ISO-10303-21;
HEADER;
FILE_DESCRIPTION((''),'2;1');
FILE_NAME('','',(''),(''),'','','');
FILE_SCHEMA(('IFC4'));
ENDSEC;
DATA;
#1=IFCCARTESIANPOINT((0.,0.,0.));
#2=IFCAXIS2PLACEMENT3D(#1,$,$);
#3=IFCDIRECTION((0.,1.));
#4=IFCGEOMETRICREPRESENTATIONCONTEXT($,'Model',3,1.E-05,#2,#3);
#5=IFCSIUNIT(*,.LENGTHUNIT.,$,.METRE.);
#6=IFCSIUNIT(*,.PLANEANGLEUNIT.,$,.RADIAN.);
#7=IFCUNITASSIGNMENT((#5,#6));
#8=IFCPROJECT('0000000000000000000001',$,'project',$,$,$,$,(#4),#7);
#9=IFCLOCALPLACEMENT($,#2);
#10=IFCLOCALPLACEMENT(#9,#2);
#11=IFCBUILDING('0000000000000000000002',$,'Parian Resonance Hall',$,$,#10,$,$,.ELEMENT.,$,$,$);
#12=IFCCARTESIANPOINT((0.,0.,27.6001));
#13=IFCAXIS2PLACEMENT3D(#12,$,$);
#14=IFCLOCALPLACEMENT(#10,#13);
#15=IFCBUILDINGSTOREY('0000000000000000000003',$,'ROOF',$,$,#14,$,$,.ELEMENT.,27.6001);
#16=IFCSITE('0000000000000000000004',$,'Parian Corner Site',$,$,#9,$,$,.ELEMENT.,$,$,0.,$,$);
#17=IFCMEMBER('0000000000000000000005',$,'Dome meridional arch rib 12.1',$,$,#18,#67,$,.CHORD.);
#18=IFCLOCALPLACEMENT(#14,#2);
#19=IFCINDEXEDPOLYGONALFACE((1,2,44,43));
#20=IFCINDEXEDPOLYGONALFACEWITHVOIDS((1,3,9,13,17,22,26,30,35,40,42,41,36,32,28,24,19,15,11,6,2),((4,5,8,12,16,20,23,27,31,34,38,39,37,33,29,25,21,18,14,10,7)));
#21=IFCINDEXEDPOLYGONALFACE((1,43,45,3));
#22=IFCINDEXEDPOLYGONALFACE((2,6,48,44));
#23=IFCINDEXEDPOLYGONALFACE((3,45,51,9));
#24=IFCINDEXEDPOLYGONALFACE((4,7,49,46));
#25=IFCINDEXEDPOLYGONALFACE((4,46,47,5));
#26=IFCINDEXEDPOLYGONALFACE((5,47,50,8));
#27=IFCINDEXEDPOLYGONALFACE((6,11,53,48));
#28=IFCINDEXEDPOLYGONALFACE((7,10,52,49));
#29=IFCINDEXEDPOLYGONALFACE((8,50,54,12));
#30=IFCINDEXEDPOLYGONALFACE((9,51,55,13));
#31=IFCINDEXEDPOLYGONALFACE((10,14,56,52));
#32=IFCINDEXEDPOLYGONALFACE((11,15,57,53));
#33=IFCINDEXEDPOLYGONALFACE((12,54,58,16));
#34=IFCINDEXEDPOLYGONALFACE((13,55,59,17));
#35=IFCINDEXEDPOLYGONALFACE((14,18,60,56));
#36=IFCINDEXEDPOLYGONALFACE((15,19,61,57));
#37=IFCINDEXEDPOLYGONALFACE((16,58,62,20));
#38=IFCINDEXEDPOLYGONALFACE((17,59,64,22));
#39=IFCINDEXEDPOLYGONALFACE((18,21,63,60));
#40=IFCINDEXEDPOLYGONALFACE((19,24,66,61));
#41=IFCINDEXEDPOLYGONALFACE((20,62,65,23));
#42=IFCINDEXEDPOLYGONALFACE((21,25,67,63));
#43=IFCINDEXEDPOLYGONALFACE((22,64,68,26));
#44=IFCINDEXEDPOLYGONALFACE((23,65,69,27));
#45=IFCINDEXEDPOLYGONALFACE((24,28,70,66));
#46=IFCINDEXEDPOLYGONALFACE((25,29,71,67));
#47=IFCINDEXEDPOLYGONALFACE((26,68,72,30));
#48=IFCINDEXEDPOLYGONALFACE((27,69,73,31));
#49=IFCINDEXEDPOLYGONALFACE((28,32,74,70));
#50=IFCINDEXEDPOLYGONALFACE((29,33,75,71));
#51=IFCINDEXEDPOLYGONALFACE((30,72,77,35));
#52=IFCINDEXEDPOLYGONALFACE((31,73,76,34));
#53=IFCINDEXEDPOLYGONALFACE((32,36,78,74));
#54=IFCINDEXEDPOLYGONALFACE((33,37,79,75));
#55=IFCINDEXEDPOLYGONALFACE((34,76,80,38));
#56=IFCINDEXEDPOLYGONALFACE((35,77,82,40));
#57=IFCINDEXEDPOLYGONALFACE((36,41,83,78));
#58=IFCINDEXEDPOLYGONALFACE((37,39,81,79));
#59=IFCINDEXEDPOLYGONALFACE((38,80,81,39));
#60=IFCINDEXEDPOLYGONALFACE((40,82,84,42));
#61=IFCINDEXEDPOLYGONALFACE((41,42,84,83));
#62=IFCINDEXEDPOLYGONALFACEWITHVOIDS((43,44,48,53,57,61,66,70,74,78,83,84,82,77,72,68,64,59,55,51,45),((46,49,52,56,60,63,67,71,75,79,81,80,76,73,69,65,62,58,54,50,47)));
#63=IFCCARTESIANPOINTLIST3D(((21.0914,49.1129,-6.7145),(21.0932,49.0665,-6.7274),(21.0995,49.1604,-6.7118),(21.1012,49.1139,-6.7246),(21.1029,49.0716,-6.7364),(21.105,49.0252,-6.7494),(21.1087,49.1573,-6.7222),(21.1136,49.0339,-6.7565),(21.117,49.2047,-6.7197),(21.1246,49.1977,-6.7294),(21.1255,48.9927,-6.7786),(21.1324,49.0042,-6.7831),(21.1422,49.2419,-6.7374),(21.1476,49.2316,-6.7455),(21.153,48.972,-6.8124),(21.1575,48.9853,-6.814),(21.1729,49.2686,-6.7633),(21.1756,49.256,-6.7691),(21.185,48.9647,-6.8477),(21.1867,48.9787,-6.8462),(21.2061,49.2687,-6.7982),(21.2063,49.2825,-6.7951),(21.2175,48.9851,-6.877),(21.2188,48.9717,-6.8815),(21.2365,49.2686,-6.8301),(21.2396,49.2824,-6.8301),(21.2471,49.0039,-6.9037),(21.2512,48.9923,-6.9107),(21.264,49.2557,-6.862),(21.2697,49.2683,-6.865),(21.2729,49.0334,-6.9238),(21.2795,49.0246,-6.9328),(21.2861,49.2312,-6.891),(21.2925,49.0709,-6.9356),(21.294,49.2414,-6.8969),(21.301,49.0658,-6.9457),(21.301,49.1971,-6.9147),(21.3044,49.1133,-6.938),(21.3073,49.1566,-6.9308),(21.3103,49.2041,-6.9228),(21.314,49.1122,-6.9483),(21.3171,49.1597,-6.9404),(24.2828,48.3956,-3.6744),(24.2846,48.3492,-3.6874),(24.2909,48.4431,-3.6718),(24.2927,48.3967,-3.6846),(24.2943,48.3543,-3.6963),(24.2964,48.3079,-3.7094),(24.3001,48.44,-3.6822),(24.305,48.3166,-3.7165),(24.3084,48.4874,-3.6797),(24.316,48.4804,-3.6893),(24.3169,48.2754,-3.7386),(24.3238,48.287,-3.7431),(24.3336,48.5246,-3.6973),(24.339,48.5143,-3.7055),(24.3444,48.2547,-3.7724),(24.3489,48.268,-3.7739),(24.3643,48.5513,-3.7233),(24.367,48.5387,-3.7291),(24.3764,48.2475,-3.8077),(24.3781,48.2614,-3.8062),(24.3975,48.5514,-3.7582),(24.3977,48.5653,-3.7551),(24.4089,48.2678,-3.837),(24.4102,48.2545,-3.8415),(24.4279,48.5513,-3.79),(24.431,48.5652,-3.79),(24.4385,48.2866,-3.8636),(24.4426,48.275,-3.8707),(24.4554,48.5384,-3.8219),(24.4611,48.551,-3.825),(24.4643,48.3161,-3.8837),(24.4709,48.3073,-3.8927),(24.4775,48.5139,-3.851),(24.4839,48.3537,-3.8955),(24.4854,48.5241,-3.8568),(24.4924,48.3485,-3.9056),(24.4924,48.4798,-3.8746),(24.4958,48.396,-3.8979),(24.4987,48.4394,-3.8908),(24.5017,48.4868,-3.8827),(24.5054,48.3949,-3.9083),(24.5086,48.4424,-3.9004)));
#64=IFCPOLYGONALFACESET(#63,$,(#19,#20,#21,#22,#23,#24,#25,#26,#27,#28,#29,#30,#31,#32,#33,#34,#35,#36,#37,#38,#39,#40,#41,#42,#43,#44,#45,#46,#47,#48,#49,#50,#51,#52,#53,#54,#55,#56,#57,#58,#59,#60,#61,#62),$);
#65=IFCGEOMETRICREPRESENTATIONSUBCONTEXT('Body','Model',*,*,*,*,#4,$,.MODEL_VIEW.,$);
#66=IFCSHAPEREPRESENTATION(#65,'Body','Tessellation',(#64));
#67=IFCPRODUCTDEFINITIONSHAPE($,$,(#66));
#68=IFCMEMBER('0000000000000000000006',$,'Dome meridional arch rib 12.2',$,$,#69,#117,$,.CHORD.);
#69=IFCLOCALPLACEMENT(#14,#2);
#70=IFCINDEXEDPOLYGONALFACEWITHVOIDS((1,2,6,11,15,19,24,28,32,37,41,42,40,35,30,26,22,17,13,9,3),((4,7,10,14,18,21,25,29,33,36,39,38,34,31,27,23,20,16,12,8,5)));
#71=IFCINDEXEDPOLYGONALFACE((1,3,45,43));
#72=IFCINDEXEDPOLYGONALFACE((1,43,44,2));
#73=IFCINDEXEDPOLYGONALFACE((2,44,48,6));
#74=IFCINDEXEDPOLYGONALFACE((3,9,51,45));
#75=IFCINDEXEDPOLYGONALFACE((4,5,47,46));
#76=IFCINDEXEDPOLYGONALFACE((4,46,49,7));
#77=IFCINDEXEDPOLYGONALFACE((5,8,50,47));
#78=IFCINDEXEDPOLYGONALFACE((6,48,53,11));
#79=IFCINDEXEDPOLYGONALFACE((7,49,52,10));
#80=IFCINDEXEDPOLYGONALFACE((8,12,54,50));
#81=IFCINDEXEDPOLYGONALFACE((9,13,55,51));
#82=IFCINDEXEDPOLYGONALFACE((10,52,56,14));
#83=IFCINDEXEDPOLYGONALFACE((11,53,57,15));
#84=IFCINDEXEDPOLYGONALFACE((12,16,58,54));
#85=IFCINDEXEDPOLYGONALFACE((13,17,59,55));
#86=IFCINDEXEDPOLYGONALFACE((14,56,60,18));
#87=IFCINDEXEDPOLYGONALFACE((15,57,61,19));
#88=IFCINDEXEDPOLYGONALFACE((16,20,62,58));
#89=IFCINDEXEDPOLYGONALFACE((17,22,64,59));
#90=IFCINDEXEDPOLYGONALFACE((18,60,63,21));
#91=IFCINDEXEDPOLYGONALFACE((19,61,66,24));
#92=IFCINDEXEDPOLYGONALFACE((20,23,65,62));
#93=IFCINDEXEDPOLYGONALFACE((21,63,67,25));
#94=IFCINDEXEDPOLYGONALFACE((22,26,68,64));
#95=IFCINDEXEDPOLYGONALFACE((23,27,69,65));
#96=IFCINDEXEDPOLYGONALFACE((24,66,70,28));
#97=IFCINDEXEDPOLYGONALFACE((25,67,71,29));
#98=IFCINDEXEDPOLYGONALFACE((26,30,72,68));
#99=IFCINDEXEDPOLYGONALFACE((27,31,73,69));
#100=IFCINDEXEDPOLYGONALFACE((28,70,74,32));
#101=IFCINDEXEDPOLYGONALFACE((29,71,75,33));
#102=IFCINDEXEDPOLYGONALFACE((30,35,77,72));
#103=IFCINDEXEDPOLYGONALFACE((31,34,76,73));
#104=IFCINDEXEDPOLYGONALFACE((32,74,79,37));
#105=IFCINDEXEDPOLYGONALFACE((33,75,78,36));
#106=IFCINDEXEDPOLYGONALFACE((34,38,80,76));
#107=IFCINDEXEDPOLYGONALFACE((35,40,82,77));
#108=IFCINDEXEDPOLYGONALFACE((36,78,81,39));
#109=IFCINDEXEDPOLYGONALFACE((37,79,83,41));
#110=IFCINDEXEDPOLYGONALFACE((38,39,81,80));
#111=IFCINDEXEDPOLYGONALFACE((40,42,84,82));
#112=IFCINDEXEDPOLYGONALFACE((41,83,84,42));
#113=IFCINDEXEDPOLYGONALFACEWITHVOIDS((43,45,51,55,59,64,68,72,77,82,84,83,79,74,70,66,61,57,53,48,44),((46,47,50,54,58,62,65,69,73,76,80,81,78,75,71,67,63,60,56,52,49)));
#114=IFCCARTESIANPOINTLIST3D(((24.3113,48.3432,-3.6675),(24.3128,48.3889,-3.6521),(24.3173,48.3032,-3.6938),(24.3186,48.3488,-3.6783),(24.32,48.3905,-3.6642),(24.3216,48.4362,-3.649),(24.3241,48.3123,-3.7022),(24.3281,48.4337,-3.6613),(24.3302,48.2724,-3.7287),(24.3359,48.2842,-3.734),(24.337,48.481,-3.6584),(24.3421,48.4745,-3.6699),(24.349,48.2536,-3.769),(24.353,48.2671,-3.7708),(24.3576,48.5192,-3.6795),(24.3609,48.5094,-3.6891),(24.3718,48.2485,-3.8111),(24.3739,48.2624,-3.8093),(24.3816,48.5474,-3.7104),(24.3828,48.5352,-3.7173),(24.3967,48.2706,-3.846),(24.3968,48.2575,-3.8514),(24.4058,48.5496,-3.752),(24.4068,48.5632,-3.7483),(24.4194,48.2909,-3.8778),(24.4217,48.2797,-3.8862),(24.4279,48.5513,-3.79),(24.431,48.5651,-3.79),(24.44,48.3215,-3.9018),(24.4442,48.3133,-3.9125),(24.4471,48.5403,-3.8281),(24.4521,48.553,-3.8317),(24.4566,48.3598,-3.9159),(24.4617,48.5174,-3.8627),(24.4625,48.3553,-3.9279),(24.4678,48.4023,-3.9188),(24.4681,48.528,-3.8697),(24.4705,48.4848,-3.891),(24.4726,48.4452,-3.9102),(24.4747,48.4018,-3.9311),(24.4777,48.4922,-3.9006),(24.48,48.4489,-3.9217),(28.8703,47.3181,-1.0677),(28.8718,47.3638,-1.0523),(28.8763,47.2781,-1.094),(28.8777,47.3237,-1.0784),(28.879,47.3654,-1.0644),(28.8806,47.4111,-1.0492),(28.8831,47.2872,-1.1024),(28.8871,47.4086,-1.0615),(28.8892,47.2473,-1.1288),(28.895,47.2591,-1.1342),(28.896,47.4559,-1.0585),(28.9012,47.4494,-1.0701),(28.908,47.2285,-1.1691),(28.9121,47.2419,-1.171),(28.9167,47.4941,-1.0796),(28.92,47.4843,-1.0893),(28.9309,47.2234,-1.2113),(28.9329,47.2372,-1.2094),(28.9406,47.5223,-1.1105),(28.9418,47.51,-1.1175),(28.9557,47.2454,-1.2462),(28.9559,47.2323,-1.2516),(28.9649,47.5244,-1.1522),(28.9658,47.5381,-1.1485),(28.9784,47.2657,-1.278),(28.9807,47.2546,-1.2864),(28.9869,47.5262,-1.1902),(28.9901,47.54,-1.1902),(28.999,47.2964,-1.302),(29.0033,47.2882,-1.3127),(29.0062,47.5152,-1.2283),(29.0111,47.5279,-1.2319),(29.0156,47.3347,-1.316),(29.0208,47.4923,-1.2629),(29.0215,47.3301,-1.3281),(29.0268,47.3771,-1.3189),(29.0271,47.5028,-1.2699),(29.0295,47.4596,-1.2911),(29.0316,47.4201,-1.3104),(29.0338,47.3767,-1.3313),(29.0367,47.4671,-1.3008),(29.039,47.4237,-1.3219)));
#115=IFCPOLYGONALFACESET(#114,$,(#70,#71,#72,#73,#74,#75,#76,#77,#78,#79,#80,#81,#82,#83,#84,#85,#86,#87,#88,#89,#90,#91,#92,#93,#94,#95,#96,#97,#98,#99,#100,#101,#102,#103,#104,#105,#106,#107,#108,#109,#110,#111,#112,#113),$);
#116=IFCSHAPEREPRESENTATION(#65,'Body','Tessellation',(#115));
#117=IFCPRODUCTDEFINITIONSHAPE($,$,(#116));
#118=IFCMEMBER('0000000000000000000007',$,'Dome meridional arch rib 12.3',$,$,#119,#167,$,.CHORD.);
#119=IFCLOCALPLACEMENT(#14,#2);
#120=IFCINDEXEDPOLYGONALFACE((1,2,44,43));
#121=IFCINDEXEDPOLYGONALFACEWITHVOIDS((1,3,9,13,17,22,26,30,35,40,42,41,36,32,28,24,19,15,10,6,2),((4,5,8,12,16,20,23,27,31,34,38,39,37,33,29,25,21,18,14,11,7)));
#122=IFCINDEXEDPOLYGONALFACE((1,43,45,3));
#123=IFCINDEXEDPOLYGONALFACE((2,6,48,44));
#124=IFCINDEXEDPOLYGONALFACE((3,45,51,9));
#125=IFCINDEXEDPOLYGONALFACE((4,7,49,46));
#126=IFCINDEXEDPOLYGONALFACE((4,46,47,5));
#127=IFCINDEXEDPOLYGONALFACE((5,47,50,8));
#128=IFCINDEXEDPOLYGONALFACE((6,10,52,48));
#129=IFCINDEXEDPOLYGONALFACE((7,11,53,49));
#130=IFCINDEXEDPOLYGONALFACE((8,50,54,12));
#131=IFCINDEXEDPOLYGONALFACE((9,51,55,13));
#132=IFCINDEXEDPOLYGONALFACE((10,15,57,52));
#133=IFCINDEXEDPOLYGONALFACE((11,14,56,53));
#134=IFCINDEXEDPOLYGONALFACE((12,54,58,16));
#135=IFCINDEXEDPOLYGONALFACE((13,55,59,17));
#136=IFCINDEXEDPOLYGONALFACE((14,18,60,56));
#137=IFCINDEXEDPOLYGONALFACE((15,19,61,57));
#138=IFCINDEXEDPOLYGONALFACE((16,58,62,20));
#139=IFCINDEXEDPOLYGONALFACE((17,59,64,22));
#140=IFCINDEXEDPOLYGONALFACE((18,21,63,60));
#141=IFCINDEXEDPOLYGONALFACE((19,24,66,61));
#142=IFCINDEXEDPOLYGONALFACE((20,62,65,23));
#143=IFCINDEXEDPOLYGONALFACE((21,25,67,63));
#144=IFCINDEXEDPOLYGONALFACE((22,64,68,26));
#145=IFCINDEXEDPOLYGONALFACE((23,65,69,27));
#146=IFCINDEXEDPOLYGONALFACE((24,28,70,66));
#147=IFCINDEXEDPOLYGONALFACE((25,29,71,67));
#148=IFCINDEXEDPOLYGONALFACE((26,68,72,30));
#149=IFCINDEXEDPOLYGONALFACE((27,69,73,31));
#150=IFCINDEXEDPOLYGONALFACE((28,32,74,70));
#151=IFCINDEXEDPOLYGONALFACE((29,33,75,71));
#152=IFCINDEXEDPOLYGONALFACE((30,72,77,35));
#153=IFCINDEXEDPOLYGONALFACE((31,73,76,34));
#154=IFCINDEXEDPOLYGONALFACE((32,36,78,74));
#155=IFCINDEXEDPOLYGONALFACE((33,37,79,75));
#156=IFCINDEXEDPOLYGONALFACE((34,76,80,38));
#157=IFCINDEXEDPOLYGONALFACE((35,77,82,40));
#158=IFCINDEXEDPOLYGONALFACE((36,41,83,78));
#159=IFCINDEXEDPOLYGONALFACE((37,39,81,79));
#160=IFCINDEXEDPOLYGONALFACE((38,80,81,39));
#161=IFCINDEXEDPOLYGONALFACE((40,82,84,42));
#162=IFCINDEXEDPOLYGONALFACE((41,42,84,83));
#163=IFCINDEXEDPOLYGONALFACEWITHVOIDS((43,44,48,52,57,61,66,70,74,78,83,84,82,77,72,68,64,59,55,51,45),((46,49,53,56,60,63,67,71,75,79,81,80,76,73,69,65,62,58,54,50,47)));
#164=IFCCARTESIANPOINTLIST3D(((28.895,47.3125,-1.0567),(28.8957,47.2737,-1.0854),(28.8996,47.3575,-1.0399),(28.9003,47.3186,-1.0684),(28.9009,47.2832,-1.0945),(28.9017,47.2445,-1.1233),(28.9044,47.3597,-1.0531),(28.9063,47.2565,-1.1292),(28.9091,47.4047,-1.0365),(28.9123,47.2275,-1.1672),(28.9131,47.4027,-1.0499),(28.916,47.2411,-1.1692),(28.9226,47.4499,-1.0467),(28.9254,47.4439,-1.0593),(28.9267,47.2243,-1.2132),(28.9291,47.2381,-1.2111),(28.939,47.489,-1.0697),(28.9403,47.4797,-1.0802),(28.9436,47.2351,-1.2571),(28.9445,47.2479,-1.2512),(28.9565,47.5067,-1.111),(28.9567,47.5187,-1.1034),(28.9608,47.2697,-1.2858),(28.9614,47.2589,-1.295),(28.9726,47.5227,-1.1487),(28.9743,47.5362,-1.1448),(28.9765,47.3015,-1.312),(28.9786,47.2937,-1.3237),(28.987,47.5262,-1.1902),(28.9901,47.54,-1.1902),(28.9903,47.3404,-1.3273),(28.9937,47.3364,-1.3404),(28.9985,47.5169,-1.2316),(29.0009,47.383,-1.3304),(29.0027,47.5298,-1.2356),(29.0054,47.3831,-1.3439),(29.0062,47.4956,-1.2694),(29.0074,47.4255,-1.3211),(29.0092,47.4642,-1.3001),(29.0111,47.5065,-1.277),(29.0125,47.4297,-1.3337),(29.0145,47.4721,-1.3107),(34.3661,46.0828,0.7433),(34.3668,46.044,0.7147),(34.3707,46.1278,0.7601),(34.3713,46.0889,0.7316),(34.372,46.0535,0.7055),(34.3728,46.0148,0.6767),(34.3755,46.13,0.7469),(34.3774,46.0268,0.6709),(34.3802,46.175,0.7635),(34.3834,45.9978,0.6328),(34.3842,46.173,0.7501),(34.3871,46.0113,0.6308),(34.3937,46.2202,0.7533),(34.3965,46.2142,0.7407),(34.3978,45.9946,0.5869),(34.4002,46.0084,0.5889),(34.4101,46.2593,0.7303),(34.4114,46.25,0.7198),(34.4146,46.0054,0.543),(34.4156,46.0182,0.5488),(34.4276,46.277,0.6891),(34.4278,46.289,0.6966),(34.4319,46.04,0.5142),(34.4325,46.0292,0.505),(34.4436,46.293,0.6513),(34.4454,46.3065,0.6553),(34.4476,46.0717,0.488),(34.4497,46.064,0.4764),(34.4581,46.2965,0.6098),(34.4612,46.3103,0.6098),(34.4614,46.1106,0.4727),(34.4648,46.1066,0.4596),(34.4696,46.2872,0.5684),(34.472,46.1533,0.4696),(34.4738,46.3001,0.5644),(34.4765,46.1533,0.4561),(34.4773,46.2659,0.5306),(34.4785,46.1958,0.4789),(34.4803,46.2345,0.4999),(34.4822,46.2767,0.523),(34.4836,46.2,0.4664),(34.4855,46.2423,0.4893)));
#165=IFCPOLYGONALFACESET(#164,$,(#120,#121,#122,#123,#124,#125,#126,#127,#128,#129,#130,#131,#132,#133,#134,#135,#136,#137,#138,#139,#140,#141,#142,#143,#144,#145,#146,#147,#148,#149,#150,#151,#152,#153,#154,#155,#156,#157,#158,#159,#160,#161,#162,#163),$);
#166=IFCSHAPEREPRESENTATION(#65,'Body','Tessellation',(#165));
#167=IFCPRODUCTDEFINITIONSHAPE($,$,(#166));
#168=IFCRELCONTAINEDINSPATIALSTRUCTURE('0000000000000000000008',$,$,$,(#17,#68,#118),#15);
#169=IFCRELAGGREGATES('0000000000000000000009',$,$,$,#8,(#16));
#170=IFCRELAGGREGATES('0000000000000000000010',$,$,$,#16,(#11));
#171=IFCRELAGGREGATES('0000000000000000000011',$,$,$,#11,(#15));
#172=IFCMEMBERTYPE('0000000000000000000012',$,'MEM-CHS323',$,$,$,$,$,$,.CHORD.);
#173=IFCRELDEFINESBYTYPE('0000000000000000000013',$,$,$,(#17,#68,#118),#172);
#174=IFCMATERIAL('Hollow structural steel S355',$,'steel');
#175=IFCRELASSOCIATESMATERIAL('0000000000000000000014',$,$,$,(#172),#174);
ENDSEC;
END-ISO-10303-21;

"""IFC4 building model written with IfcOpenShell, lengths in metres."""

from ifc_helpers import new_model, si_unit, direction, frame, origin, origin_2d, place, context, subcontext, project, spatial, hollow_circle, extrude, material, material_profile, profile_set, type_object, element, save


model = new_model("IFC4")

# Units and contexts
model_context = context("Model", 3, precision=1e-05, world=origin(), true_north=direction((0.0, 1.0)))
body_context = subcontext(model_context, "Body", "Model", "MODEL_VIEW")
ifc_project = project(units=[si_unit("LENGTHUNIT", "METRE"), si_unit("PLANEANGLEUNIT", "RADIAN")], contexts=[model_context])

# Site, building, storey
site_placement = place(None, origin())
site = spatial("IfcSite", under=ifc_project, at=site_placement, Name="Parian Corner Site", CompositionType="ELEMENT", RefElevation=0.0)
building_placement = place(site_placement, origin())
building = spatial("IfcBuilding", under=site, at=building_placement, Name="Parian Resonance Hall", CompositionType="ELEMENT")
storey_placement = place(building_placement, frame((0.0, 0.0, 27.6001)))
storey = spatial("IfcBuildingStorey", under=building, at=storey_placement, Name="ROOF", CompositionType="ELEMENT", Elevation=27.6001)

# Members
ifc_material_1 = material(Name="Hollow structural steel S355", Category="steel")
ifc_material_profile_1 = material_profile(ifc_material_1, hollow_circle(Radius=0.1619, WallThickness=0.0142, at=origin_2d()), Name="CHS323.9x14.2")
ifc_profile_set_1 = profile_set([ifc_material_profile_1], Name="Hollow structural steel S355")
member_type_1 = type_object("IfcMemberType", Name="MEM-CHS323", PredefinedType="CHORD", material=ifc_profile_set_1)
member_1_placement = place(storey_placement, frame((21.2041, 49.1245, -6.8301), z_axis=(0.714668, -0.160625, 0.680771), x_axis=(0.219285, 0.975661, 0.0)))
element("IfcMember", 1, at=member_1_placement, inside=storey, type_object=member_type_1, Name="Dome meridional arch rib 12.1", PredefinedType="CHORD", context=body_context, shape_type="SweptSolid", body=[
    extrude(hollow_circle(Radius=0.1619, WallThickness=0.0142, at=origin_2d()), origin(), (0.0, 0.0, 1.0), 4.4656),
])
member_2_placement = place(storey_placement, frame((24.3955, 48.4072, -3.79), z_axis=(0.852569, -0.191707, 0.486184), x_axis=(0.21938, 0.975639, 0.0)))
element("IfcMember", 2, at=member_2_placement, inside=storey, type_object=member_type_1, Name="Dome meridional arch rib 12.2", PredefinedType="CHORD", context=body_context, shape_type="SweptSolid", body=[
    extrude(hollow_circle(Radius=0.1619, WallThickness=0.0142, at=origin_2d()), origin(), (0.0, 0.0, 1.0), 5.3474),
])
member_3_placement = place(storey_placement, frame((28.9546, 47.3821, -1.1902), z_axis=(0.928972, -0.208801, 0.305636), x_axis=(0.219295, 0.975659, 0.0)))
element("IfcMember", 3, at=member_3_placement, inside=storey, type_object=member_type_1, Name="Dome meridional arch rib 12.3", PredefinedType="CHORD", context=body_context, shape_type="SweptSolid", body=[
    extrude(hollow_circle(Radius=0.1619, WallThickness=0.0142, at=origin_2d()), origin(), (0.0, 0.0, 1.0), 5.8894),
])

save(model, "model.ifc")
